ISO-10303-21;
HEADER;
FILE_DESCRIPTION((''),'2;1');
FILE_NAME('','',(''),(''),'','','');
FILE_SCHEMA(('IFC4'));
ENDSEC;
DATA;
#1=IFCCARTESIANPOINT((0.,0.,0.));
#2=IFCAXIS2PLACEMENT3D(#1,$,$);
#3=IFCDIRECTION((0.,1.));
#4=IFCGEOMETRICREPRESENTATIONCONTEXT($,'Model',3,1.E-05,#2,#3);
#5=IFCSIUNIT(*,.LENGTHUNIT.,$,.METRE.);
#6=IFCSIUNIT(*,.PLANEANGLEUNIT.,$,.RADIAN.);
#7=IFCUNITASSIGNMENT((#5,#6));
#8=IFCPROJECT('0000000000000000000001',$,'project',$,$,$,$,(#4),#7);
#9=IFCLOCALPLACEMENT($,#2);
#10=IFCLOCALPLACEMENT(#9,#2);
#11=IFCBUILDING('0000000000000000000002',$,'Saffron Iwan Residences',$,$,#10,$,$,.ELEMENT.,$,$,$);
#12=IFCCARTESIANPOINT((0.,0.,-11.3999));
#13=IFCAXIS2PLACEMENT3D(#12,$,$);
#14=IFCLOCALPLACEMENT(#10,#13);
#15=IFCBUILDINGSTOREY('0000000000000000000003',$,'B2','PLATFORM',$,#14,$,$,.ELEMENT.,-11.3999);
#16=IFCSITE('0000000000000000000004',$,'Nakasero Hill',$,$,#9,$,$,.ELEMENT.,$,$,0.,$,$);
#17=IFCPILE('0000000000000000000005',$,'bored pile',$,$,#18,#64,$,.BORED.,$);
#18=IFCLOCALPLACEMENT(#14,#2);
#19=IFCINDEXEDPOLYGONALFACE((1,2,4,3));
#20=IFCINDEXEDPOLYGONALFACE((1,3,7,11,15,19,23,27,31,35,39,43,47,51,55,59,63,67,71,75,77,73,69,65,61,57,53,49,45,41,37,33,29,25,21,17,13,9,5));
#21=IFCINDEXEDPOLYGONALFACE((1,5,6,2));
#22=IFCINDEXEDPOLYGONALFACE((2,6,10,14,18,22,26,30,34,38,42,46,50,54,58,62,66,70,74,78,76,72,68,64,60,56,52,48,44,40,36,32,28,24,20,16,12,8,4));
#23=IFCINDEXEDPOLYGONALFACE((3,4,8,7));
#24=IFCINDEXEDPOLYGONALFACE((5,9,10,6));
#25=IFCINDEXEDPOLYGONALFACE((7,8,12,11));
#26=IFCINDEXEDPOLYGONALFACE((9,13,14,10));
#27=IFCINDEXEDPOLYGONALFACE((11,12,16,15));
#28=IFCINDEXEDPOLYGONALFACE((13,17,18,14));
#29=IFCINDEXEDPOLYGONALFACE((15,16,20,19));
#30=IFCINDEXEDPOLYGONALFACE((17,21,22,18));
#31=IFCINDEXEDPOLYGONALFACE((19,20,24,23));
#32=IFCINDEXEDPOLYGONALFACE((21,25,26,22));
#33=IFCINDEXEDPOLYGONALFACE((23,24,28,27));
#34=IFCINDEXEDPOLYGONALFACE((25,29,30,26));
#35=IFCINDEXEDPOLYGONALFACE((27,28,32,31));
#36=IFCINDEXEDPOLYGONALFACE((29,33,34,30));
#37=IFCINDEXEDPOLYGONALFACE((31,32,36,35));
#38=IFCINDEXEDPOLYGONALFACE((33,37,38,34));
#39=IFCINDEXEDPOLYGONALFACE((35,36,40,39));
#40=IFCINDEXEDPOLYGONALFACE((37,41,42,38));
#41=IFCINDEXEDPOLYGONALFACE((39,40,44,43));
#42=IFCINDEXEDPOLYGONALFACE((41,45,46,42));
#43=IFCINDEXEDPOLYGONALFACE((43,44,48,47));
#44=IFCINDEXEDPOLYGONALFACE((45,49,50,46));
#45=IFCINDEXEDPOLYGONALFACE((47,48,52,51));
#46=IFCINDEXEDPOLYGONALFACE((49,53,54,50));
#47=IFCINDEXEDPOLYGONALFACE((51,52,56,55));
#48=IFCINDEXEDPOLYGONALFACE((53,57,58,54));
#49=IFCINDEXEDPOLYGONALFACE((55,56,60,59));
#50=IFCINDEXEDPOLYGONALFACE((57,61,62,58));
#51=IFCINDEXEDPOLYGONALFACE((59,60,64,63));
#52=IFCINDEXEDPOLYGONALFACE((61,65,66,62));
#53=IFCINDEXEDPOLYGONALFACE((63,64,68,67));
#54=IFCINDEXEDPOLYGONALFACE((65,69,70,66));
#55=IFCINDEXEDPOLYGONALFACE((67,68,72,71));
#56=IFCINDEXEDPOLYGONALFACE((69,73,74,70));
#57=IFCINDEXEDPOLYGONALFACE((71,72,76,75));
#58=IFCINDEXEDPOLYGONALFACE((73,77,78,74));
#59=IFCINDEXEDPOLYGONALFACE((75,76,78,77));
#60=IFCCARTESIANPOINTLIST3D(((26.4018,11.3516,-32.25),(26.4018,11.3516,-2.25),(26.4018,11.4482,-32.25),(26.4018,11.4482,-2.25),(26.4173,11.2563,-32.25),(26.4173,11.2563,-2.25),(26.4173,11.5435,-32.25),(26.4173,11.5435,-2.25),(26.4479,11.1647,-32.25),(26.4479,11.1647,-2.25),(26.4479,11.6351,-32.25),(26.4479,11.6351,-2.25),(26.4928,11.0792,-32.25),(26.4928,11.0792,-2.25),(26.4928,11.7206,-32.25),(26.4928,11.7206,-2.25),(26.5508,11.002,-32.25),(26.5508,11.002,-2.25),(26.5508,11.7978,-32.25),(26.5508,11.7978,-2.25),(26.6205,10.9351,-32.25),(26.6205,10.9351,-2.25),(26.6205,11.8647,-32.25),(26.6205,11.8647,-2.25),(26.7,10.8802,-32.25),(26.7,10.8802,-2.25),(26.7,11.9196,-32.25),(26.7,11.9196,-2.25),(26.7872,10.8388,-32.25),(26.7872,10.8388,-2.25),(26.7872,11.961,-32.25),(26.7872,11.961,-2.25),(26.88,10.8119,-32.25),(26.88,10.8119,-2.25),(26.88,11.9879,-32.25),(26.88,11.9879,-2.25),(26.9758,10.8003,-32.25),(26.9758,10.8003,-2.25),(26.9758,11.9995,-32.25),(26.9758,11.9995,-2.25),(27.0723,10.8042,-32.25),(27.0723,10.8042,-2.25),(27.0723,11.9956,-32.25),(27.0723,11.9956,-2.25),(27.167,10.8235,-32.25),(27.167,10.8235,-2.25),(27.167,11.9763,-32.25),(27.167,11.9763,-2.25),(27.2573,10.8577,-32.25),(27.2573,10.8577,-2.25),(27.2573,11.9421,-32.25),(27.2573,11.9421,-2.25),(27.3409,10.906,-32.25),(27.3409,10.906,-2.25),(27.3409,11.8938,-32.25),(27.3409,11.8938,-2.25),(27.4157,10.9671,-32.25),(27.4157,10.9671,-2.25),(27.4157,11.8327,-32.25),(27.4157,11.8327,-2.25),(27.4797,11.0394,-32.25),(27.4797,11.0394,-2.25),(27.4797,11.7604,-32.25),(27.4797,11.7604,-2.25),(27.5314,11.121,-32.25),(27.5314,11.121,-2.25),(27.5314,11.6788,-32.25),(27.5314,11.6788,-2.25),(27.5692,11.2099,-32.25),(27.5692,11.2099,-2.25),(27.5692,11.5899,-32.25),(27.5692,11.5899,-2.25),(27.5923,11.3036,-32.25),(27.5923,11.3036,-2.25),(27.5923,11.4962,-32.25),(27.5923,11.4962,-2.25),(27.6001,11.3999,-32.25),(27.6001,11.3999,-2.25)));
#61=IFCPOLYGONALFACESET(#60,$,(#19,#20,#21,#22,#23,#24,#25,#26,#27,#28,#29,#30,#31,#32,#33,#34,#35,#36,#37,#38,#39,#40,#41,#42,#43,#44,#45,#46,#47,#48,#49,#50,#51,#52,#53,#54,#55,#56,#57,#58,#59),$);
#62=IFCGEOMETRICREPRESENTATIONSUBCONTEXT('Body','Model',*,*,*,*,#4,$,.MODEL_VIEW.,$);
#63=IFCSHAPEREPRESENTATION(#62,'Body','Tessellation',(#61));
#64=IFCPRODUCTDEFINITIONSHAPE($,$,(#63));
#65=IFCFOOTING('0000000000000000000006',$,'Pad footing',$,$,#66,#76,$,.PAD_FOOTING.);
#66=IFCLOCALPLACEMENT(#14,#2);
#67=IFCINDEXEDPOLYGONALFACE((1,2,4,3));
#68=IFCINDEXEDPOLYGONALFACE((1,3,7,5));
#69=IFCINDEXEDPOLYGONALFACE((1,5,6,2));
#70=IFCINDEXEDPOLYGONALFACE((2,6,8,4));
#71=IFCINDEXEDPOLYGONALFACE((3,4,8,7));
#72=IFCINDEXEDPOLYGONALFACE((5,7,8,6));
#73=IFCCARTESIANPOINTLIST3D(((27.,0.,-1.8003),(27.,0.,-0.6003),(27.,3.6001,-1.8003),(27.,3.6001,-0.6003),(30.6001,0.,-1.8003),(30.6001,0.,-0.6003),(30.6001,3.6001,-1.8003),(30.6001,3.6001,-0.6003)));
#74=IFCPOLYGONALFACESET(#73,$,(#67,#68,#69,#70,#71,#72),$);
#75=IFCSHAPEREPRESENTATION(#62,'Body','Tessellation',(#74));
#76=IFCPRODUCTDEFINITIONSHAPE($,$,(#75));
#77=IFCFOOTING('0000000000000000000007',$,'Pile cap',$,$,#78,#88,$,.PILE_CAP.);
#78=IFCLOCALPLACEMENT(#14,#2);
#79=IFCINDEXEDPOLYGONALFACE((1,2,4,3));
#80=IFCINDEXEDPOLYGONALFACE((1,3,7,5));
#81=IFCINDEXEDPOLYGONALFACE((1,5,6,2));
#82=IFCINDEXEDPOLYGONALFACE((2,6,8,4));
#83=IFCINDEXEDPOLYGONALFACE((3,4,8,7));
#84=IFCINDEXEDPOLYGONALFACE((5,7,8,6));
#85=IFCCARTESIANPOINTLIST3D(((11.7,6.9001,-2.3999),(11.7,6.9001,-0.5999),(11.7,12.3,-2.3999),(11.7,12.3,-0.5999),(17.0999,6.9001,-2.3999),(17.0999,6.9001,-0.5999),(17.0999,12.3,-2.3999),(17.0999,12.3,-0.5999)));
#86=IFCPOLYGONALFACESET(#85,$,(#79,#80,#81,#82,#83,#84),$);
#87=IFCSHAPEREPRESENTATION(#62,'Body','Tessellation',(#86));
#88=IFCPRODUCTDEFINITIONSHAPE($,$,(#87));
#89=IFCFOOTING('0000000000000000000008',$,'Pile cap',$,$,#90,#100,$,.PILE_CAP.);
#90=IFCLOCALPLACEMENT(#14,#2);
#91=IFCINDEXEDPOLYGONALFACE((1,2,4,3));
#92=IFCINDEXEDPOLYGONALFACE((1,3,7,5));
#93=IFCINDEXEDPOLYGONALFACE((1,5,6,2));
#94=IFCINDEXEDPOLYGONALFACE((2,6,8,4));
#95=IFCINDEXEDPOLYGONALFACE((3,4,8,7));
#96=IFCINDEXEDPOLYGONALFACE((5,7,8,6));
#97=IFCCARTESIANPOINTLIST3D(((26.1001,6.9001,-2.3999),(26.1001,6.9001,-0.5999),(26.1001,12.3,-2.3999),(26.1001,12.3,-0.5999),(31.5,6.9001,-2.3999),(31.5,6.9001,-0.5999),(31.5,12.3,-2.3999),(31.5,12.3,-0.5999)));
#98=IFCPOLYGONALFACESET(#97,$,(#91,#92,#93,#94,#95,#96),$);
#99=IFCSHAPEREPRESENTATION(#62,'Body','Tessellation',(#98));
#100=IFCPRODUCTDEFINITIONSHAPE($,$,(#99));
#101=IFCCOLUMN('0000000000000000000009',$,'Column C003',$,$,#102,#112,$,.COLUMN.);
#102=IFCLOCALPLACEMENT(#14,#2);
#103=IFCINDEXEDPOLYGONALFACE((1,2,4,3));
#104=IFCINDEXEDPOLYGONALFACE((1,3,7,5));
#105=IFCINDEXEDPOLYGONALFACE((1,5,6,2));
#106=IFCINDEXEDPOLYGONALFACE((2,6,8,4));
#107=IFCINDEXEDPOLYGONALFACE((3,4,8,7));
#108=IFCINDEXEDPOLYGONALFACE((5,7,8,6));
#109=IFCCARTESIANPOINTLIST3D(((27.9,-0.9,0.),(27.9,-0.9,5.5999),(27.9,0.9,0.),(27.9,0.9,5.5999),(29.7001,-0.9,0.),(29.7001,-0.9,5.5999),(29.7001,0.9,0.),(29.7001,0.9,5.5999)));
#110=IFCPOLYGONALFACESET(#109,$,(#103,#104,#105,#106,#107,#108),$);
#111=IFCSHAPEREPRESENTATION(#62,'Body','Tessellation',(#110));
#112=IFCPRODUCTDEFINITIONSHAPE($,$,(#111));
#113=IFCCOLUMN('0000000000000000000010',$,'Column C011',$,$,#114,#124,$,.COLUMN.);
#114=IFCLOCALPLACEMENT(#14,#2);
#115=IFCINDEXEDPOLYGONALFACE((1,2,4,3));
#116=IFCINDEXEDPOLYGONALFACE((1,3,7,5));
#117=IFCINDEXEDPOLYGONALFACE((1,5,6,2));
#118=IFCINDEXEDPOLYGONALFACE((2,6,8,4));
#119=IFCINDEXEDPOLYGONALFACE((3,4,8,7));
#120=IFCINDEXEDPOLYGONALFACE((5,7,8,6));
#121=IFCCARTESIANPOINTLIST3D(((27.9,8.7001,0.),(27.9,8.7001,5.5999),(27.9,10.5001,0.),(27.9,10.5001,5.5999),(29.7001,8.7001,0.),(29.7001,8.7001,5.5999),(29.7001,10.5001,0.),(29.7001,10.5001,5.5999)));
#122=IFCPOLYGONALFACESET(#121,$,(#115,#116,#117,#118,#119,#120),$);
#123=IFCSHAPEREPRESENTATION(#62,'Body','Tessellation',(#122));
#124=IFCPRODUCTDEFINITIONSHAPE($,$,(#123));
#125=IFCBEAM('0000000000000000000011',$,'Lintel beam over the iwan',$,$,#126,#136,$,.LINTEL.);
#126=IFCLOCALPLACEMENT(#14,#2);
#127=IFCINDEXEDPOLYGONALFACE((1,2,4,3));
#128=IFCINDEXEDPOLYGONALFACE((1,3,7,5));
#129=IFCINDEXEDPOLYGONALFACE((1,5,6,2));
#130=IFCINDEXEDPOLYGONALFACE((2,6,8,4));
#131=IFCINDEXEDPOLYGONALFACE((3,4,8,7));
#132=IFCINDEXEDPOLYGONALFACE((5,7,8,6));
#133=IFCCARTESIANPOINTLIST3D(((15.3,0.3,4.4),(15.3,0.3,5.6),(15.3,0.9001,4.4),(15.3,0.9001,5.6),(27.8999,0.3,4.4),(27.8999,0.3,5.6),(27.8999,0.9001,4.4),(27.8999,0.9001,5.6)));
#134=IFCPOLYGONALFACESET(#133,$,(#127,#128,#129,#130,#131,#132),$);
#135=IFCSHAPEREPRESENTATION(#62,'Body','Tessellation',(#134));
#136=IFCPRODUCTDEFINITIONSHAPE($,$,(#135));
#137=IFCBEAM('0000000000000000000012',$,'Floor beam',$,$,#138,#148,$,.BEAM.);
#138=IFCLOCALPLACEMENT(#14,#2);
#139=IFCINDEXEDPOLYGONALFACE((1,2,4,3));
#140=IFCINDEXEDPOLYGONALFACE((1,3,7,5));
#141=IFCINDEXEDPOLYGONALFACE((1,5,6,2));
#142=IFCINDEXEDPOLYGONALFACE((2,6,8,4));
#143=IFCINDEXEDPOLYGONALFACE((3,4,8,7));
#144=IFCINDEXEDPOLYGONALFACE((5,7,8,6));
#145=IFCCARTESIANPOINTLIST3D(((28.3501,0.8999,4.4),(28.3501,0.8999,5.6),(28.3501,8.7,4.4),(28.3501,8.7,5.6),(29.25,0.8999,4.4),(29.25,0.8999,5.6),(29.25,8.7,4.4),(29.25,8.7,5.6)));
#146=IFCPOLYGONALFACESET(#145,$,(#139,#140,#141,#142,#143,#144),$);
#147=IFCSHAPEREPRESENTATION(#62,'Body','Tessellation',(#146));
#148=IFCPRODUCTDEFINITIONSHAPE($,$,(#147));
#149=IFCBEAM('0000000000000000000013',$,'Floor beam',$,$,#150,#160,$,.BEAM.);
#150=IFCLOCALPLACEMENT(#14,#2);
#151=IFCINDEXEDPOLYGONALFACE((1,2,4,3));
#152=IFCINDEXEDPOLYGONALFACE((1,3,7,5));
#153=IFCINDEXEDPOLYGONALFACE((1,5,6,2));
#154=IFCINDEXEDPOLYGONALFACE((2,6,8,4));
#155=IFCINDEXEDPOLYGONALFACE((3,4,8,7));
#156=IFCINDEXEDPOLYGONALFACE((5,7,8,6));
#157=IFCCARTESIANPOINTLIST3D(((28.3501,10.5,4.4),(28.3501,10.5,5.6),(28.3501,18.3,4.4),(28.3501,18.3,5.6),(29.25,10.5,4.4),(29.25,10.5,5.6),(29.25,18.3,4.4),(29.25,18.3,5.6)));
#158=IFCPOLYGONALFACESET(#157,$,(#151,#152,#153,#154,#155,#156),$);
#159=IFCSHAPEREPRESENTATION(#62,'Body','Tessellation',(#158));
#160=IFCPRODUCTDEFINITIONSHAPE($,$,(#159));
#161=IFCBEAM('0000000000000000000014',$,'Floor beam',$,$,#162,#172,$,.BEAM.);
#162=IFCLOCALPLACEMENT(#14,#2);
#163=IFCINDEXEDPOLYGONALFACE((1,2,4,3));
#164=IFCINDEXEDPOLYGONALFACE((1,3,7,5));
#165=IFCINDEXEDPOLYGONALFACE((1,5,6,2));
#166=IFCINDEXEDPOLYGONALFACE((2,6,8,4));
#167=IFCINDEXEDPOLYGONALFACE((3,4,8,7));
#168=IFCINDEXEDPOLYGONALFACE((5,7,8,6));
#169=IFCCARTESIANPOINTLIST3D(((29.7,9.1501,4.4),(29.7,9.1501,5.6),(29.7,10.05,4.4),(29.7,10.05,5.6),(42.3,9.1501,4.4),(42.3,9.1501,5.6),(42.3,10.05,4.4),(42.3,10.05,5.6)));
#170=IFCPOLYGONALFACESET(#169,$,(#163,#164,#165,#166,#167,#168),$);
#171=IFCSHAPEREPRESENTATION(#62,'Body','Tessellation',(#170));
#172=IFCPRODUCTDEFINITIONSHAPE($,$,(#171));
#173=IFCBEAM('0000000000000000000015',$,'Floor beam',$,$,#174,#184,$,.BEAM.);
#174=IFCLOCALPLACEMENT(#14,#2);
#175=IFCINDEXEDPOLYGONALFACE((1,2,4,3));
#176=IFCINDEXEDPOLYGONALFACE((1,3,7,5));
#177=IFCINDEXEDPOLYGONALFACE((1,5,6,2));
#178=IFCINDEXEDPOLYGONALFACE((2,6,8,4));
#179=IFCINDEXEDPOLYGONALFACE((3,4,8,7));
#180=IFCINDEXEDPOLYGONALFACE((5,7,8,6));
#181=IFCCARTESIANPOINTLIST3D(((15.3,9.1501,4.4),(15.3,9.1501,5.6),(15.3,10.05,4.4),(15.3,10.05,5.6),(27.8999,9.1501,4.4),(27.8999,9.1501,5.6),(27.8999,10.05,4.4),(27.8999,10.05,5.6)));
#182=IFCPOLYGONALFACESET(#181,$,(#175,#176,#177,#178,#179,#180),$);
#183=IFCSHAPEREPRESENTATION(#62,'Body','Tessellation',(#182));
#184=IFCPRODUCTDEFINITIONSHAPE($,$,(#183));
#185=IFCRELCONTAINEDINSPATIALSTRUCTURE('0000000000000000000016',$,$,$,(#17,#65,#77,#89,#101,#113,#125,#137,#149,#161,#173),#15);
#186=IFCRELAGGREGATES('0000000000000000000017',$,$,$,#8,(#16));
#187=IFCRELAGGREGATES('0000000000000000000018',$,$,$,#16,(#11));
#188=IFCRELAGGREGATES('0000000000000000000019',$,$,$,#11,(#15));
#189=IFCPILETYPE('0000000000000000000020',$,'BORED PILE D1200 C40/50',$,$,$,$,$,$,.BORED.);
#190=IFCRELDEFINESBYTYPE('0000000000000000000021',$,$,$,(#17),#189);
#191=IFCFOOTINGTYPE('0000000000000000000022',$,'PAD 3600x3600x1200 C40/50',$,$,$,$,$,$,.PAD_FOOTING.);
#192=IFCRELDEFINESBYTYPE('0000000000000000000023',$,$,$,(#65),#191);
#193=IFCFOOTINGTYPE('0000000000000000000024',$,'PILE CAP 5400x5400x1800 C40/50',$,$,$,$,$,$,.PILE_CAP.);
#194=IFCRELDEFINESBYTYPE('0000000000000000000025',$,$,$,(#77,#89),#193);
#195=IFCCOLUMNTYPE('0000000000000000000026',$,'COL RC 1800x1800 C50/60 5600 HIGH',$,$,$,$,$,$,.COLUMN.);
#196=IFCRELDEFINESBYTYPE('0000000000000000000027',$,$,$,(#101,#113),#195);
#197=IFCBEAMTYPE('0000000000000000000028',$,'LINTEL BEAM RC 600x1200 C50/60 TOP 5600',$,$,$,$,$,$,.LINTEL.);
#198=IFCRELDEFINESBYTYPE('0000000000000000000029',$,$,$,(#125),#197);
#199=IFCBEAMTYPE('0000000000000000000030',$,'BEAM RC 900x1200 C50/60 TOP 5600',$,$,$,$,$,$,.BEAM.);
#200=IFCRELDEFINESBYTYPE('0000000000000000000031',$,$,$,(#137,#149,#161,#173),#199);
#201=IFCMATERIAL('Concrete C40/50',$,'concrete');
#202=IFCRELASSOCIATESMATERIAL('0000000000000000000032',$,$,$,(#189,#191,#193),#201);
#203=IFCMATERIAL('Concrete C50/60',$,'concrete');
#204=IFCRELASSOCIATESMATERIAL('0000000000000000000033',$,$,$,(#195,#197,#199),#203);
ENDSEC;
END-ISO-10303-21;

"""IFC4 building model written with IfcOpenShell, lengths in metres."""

from ifc_helpers import new_model, si_unit, direction, frame, origin, origin_2d, place, context, subcontext, project, spatial, rectangle, circle, extrude, source, transform, mapped, material, material_profile, profile_set, type_object, element, save


model = new_model("IFC4")

# Units and contexts
model_context = context("Model", 3, precision=1e-05, world=origin(), true_north=direction((0.0, 1.0)))
body_context = subcontext(model_context, "Body", "Model", "MODEL_VIEW")
ifc_project = project(units=[si_unit("LENGTHUNIT", "METRE"), si_unit("PLANEANGLEUNIT", "RADIAN")], contexts=[model_context])

# Site, building, storey
site_placement = place(None, origin())
site = spatial("IfcSite", under=ifc_project, at=site_placement, Name="Nakasero Hill", CompositionType="ELEMENT", RefElevation=0.0)
building_placement = place(site_placement, origin())
building = spatial("IfcBuilding", under=site, at=building_placement, Name="Saffron Iwan Residences", CompositionType="ELEMENT")
storey_placement = place(building_placement, frame((0.0, 0.0, -11.3999)))
storey = spatial("IfcBuildingStorey", under=building, at=storey_placement, Name="B2", Description="PLATFORM", CompositionType="ELEMENT", Elevation=-11.3999)

# Pile
ifc_material_1 = material(Name="Concrete C40/50", Category="concrete")
ifc_material_profile_1 = material_profile(ifc_material_1, circle(Radius=0.6001, at=origin_2d()), Name="RC D1200")
ifc_profile_set_1 = profile_set([ifc_material_profile_1], Name="Concrete C40/50")
pile_type = type_object("IfcPileType", Name="BORED PILE D1200 C40/50", PredefinedType="BORED", material=ifc_profile_set_1)
for number, where, z_axis, x_axis, name in (
    (1, (27.0, 11.3999, -2.25), (0.0, 0.0, -1.0), (1.0, 0.0, 0.0), "bored pile"),
):
    element("IfcPile", number, at=place(storey_placement, frame(where, z_axis=z_axis, x_axis=x_axis)), inside=storey, type_object=pile_type, Name=name, PredefinedType="BORED", context=body_context, shape_type="SweptSolid", body=[
        extrude(circle(Radius=0.6001, at=origin_2d()), origin(), (0.0, 0.0, 1.0), 30.0),
    ])

# Footings
footing_type_1 = type_object("IfcFootingType", Name="PAD 3600x3600x1200 C40/50", PredefinedType="PAD_FOOTING", material=ifc_material_1)
shared_shape_1 = source(origin(), body_context, "Body", "SweptSolid", [
    extrude(rectangle(XDim=3.6001, YDim=3.6001, at=origin_2d()), origin(), (0.0, 0.0, 1.0), 1.2),
])
footing_placement = place(storey_placement, frame((28.8, 1.8, -1.8003), z_axis=(0.0, 0.0, 1.0), x_axis=(1.0, 0.0, 0.0)))
element("IfcFooting", 2, at=footing_placement, inside=storey, type_object=footing_type_1, Name="Pad footing", PredefinedType="PAD_FOOTING", context=body_context, shape_type="MappedRepresentation", body=[
    mapped(shared_shape_1, transform((0.0, 0.0, 0.0))),
])
footing_type_2 = type_object("IfcFootingType", Name="PILE CAP 5400x5400x1800 C40/50", PredefinedType="PILE_CAP", material=ifc_material_1)
shared_shape_2 = source(origin(), body_context, "Body", "SweptSolid", [
    extrude(rectangle(XDim=5.3999, YDim=5.3999, at=origin_2d()), origin(), (0.0, 0.0, 1.0), 1.8),
])
for number, where, z_axis, x_axis, name in (
    (3, (14.3999, 9.6001, -2.3999), (0.0, 0.0, 1.0), (1.0, 0.0, 0.0), "Pile cap"),
    (4, (28.8, 9.6001, -2.3999), (0.0, 0.0, 1.0), (1.0, 0.0, 0.0), "Pile cap"),
):
    element("IfcFooting", number, at=place(storey_placement, frame(where, z_axis=z_axis, x_axis=x_axis)), inside=storey, type_object=footing_type_2, Name=name, PredefinedType="PILE_CAP", context=body_context, shape_type="MappedRepresentation", body=[
        mapped(shared_shape_2, transform((0.0, 0.0, 0.0))),
    ])

# Columns
ifc_material_2 = material(Name="Concrete C50/60", Category="concrete")
ifc_material_profile_2 = material_profile(ifc_material_2, rectangle(XDim=1.8, YDim=1.8, at=origin_2d()), Name="RC 1800x1800")
ifc_profile_set_2 = profile_set([ifc_material_profile_2], Name="Concrete C50/60")
column_type = type_object("IfcColumnType", Name="COL RC 1800x1800 C50/60 5600 HIGH", PredefinedType="COLUMN", material=ifc_profile_set_2)
shared_shape_3 = source(origin(), body_context, "Body", "SweptSolid", [
    extrude(rectangle(XDim=1.8, YDim=1.8, at=origin_2d()), origin(), (0.0, 0.0, 1.0), 5.5999),
])
for number, where, z_axis, x_axis, name in (
    (5, (28.8, 0.0, 0.0), (0.0, 0.0, 1.0), (1.0, 0.0, 0.0), "Column C003"),
    (6, (28.8, 9.6001, 0.0), (0.0, 0.0, 1.0), (1.0, 0.0, 0.0), "Column C011"),
):
    element("IfcColumn", number, at=place(storey_placement, frame(where, z_axis=z_axis, x_axis=x_axis)), inside=storey, type_object=column_type, Name=name, PredefinedType="COLUMN", context=body_context, shape_type="MappedRepresentation", body=[
        mapped(shared_shape_3, transform((0.0, 0.0, 0.0))),
    ])

# Beams
ifc_material_profile_3 = material_profile(ifc_material_2, rectangle(XDim=0.6001, YDim=1.2, at=origin_2d()), Name="RC 600x1200")
ifc_profile_set_3 = profile_set([ifc_material_profile_3], Name="Concrete C50/60")
beam_type_1 = type_object("IfcBeamType", Name="LINTEL BEAM RC 600x1200 C50/60 TOP 5600", PredefinedType="LINTEL", material=ifc_profile_set_3)
shared_shape_4 = source(origin(), body_context, "Body", "SweptSolid", [
    extrude(rectangle(XDim=0.6001, YDim=1.2, at=origin_2d()), origin(), (0.0, 0.0, 1.0), 12.5999),
])
beam_1_placement = place(storey_placement, frame((27.8999, 0.6001, 5.0), z_axis=(-1.0, 0.0, 0.0), x_axis=(0.0, -1.0, 0.0)))
element("IfcBeam", 7, at=beam_1_placement, inside=storey, type_object=beam_type_1, Name="Lintel beam over the iwan", PredefinedType="LINTEL", context=body_context, shape_type="MappedRepresentation", body=[
    mapped(shared_shape_4, transform((0.0, 0.0, 0.0))),
])
ifc_material_profile_4 = material_profile(ifc_material_2, rectangle(XDim=0.8999, YDim=1.2, at=origin_2d()), Name="RC 900x1200")
ifc_profile_set_4 = profile_set([ifc_material_profile_4], Name="Concrete C50/60")
beam_type_2 = type_object("IfcBeamType", Name="BEAM RC 900x1200 C50/60 TOP 5600", PredefinedType="BEAM", material=ifc_profile_set_4)
shared_shape_5 = source(origin(), body_context, "Body", "SweptSolid", [
    extrude(rectangle(XDim=0.8999, YDim=1.2, at=origin_2d()), origin(), (0.0, 0.0, 1.0), 7.8),
])
for number, where, z_axis, x_axis, name in (
    (8, (28.8, 0.8999, 5.0), (0.0, 1.0, 0.0), (-1.0, 0.0, 0.0), "Floor beam"),
    (9, (28.8, 10.5, 5.0), (0.0, 1.0, 0.0), (-1.0, 0.0, 0.0), "Floor beam"),
):
    element("IfcBeam", number, at=place(storey_placement, frame(where, z_axis=z_axis, x_axis=x_axis)), inside=storey, type_object=beam_type_2, Name=name, PredefinedType="BEAM", context=body_context, shape_type="MappedRepresentation", body=[
        mapped(shared_shape_5, transform((0.0, 0.0, 0.0))),
    ])
shared_shape_6 = source(origin(), body_context, "Body", "SweptSolid", [
    extrude(rectangle(XDim=0.8999, YDim=1.2, at=origin_2d()), origin(), (0.0, 0.0, 1.0), 12.6001),
])
beam_2_placement = place(storey_placement, frame((29.7, 9.6001, 5.0), z_axis=(1.0, 0.0, 0.0), x_axis=(0.0, 1.0, 0.0)))
element("IfcBeam", 10, at=beam_2_placement, inside=storey, type_object=beam_type_2, Name="Floor beam", PredefinedType="BEAM", context=body_context, shape_type="MappedRepresentation", body=[
    mapped(shared_shape_6, transform((0.0, 0.0, 0.0))),
])
shared_shape_7 = source(origin(), body_context, "Body", "SweptSolid", [
    extrude(rectangle(XDim=0.8999, YDim=1.2, at=origin_2d()), origin(), (0.0, 0.0, 1.0), 12.5999),
])
beam_3_placement = place(storey_placement, frame((15.3, 9.6001, 5.0), z_axis=(1.0, 0.0, 0.0), x_axis=(0.0, 1.0, 0.0)))
element("IfcBeam", 11, at=beam_3_placement, inside=storey, type_object=beam_type_2, Name="Floor beam", PredefinedType="BEAM", context=body_context, shape_type="MappedRepresentation", body=[
    mapped(shared_shape_7, transform((0.0, 0.0, 0.0))),
])

save(model, "model.ifc")
